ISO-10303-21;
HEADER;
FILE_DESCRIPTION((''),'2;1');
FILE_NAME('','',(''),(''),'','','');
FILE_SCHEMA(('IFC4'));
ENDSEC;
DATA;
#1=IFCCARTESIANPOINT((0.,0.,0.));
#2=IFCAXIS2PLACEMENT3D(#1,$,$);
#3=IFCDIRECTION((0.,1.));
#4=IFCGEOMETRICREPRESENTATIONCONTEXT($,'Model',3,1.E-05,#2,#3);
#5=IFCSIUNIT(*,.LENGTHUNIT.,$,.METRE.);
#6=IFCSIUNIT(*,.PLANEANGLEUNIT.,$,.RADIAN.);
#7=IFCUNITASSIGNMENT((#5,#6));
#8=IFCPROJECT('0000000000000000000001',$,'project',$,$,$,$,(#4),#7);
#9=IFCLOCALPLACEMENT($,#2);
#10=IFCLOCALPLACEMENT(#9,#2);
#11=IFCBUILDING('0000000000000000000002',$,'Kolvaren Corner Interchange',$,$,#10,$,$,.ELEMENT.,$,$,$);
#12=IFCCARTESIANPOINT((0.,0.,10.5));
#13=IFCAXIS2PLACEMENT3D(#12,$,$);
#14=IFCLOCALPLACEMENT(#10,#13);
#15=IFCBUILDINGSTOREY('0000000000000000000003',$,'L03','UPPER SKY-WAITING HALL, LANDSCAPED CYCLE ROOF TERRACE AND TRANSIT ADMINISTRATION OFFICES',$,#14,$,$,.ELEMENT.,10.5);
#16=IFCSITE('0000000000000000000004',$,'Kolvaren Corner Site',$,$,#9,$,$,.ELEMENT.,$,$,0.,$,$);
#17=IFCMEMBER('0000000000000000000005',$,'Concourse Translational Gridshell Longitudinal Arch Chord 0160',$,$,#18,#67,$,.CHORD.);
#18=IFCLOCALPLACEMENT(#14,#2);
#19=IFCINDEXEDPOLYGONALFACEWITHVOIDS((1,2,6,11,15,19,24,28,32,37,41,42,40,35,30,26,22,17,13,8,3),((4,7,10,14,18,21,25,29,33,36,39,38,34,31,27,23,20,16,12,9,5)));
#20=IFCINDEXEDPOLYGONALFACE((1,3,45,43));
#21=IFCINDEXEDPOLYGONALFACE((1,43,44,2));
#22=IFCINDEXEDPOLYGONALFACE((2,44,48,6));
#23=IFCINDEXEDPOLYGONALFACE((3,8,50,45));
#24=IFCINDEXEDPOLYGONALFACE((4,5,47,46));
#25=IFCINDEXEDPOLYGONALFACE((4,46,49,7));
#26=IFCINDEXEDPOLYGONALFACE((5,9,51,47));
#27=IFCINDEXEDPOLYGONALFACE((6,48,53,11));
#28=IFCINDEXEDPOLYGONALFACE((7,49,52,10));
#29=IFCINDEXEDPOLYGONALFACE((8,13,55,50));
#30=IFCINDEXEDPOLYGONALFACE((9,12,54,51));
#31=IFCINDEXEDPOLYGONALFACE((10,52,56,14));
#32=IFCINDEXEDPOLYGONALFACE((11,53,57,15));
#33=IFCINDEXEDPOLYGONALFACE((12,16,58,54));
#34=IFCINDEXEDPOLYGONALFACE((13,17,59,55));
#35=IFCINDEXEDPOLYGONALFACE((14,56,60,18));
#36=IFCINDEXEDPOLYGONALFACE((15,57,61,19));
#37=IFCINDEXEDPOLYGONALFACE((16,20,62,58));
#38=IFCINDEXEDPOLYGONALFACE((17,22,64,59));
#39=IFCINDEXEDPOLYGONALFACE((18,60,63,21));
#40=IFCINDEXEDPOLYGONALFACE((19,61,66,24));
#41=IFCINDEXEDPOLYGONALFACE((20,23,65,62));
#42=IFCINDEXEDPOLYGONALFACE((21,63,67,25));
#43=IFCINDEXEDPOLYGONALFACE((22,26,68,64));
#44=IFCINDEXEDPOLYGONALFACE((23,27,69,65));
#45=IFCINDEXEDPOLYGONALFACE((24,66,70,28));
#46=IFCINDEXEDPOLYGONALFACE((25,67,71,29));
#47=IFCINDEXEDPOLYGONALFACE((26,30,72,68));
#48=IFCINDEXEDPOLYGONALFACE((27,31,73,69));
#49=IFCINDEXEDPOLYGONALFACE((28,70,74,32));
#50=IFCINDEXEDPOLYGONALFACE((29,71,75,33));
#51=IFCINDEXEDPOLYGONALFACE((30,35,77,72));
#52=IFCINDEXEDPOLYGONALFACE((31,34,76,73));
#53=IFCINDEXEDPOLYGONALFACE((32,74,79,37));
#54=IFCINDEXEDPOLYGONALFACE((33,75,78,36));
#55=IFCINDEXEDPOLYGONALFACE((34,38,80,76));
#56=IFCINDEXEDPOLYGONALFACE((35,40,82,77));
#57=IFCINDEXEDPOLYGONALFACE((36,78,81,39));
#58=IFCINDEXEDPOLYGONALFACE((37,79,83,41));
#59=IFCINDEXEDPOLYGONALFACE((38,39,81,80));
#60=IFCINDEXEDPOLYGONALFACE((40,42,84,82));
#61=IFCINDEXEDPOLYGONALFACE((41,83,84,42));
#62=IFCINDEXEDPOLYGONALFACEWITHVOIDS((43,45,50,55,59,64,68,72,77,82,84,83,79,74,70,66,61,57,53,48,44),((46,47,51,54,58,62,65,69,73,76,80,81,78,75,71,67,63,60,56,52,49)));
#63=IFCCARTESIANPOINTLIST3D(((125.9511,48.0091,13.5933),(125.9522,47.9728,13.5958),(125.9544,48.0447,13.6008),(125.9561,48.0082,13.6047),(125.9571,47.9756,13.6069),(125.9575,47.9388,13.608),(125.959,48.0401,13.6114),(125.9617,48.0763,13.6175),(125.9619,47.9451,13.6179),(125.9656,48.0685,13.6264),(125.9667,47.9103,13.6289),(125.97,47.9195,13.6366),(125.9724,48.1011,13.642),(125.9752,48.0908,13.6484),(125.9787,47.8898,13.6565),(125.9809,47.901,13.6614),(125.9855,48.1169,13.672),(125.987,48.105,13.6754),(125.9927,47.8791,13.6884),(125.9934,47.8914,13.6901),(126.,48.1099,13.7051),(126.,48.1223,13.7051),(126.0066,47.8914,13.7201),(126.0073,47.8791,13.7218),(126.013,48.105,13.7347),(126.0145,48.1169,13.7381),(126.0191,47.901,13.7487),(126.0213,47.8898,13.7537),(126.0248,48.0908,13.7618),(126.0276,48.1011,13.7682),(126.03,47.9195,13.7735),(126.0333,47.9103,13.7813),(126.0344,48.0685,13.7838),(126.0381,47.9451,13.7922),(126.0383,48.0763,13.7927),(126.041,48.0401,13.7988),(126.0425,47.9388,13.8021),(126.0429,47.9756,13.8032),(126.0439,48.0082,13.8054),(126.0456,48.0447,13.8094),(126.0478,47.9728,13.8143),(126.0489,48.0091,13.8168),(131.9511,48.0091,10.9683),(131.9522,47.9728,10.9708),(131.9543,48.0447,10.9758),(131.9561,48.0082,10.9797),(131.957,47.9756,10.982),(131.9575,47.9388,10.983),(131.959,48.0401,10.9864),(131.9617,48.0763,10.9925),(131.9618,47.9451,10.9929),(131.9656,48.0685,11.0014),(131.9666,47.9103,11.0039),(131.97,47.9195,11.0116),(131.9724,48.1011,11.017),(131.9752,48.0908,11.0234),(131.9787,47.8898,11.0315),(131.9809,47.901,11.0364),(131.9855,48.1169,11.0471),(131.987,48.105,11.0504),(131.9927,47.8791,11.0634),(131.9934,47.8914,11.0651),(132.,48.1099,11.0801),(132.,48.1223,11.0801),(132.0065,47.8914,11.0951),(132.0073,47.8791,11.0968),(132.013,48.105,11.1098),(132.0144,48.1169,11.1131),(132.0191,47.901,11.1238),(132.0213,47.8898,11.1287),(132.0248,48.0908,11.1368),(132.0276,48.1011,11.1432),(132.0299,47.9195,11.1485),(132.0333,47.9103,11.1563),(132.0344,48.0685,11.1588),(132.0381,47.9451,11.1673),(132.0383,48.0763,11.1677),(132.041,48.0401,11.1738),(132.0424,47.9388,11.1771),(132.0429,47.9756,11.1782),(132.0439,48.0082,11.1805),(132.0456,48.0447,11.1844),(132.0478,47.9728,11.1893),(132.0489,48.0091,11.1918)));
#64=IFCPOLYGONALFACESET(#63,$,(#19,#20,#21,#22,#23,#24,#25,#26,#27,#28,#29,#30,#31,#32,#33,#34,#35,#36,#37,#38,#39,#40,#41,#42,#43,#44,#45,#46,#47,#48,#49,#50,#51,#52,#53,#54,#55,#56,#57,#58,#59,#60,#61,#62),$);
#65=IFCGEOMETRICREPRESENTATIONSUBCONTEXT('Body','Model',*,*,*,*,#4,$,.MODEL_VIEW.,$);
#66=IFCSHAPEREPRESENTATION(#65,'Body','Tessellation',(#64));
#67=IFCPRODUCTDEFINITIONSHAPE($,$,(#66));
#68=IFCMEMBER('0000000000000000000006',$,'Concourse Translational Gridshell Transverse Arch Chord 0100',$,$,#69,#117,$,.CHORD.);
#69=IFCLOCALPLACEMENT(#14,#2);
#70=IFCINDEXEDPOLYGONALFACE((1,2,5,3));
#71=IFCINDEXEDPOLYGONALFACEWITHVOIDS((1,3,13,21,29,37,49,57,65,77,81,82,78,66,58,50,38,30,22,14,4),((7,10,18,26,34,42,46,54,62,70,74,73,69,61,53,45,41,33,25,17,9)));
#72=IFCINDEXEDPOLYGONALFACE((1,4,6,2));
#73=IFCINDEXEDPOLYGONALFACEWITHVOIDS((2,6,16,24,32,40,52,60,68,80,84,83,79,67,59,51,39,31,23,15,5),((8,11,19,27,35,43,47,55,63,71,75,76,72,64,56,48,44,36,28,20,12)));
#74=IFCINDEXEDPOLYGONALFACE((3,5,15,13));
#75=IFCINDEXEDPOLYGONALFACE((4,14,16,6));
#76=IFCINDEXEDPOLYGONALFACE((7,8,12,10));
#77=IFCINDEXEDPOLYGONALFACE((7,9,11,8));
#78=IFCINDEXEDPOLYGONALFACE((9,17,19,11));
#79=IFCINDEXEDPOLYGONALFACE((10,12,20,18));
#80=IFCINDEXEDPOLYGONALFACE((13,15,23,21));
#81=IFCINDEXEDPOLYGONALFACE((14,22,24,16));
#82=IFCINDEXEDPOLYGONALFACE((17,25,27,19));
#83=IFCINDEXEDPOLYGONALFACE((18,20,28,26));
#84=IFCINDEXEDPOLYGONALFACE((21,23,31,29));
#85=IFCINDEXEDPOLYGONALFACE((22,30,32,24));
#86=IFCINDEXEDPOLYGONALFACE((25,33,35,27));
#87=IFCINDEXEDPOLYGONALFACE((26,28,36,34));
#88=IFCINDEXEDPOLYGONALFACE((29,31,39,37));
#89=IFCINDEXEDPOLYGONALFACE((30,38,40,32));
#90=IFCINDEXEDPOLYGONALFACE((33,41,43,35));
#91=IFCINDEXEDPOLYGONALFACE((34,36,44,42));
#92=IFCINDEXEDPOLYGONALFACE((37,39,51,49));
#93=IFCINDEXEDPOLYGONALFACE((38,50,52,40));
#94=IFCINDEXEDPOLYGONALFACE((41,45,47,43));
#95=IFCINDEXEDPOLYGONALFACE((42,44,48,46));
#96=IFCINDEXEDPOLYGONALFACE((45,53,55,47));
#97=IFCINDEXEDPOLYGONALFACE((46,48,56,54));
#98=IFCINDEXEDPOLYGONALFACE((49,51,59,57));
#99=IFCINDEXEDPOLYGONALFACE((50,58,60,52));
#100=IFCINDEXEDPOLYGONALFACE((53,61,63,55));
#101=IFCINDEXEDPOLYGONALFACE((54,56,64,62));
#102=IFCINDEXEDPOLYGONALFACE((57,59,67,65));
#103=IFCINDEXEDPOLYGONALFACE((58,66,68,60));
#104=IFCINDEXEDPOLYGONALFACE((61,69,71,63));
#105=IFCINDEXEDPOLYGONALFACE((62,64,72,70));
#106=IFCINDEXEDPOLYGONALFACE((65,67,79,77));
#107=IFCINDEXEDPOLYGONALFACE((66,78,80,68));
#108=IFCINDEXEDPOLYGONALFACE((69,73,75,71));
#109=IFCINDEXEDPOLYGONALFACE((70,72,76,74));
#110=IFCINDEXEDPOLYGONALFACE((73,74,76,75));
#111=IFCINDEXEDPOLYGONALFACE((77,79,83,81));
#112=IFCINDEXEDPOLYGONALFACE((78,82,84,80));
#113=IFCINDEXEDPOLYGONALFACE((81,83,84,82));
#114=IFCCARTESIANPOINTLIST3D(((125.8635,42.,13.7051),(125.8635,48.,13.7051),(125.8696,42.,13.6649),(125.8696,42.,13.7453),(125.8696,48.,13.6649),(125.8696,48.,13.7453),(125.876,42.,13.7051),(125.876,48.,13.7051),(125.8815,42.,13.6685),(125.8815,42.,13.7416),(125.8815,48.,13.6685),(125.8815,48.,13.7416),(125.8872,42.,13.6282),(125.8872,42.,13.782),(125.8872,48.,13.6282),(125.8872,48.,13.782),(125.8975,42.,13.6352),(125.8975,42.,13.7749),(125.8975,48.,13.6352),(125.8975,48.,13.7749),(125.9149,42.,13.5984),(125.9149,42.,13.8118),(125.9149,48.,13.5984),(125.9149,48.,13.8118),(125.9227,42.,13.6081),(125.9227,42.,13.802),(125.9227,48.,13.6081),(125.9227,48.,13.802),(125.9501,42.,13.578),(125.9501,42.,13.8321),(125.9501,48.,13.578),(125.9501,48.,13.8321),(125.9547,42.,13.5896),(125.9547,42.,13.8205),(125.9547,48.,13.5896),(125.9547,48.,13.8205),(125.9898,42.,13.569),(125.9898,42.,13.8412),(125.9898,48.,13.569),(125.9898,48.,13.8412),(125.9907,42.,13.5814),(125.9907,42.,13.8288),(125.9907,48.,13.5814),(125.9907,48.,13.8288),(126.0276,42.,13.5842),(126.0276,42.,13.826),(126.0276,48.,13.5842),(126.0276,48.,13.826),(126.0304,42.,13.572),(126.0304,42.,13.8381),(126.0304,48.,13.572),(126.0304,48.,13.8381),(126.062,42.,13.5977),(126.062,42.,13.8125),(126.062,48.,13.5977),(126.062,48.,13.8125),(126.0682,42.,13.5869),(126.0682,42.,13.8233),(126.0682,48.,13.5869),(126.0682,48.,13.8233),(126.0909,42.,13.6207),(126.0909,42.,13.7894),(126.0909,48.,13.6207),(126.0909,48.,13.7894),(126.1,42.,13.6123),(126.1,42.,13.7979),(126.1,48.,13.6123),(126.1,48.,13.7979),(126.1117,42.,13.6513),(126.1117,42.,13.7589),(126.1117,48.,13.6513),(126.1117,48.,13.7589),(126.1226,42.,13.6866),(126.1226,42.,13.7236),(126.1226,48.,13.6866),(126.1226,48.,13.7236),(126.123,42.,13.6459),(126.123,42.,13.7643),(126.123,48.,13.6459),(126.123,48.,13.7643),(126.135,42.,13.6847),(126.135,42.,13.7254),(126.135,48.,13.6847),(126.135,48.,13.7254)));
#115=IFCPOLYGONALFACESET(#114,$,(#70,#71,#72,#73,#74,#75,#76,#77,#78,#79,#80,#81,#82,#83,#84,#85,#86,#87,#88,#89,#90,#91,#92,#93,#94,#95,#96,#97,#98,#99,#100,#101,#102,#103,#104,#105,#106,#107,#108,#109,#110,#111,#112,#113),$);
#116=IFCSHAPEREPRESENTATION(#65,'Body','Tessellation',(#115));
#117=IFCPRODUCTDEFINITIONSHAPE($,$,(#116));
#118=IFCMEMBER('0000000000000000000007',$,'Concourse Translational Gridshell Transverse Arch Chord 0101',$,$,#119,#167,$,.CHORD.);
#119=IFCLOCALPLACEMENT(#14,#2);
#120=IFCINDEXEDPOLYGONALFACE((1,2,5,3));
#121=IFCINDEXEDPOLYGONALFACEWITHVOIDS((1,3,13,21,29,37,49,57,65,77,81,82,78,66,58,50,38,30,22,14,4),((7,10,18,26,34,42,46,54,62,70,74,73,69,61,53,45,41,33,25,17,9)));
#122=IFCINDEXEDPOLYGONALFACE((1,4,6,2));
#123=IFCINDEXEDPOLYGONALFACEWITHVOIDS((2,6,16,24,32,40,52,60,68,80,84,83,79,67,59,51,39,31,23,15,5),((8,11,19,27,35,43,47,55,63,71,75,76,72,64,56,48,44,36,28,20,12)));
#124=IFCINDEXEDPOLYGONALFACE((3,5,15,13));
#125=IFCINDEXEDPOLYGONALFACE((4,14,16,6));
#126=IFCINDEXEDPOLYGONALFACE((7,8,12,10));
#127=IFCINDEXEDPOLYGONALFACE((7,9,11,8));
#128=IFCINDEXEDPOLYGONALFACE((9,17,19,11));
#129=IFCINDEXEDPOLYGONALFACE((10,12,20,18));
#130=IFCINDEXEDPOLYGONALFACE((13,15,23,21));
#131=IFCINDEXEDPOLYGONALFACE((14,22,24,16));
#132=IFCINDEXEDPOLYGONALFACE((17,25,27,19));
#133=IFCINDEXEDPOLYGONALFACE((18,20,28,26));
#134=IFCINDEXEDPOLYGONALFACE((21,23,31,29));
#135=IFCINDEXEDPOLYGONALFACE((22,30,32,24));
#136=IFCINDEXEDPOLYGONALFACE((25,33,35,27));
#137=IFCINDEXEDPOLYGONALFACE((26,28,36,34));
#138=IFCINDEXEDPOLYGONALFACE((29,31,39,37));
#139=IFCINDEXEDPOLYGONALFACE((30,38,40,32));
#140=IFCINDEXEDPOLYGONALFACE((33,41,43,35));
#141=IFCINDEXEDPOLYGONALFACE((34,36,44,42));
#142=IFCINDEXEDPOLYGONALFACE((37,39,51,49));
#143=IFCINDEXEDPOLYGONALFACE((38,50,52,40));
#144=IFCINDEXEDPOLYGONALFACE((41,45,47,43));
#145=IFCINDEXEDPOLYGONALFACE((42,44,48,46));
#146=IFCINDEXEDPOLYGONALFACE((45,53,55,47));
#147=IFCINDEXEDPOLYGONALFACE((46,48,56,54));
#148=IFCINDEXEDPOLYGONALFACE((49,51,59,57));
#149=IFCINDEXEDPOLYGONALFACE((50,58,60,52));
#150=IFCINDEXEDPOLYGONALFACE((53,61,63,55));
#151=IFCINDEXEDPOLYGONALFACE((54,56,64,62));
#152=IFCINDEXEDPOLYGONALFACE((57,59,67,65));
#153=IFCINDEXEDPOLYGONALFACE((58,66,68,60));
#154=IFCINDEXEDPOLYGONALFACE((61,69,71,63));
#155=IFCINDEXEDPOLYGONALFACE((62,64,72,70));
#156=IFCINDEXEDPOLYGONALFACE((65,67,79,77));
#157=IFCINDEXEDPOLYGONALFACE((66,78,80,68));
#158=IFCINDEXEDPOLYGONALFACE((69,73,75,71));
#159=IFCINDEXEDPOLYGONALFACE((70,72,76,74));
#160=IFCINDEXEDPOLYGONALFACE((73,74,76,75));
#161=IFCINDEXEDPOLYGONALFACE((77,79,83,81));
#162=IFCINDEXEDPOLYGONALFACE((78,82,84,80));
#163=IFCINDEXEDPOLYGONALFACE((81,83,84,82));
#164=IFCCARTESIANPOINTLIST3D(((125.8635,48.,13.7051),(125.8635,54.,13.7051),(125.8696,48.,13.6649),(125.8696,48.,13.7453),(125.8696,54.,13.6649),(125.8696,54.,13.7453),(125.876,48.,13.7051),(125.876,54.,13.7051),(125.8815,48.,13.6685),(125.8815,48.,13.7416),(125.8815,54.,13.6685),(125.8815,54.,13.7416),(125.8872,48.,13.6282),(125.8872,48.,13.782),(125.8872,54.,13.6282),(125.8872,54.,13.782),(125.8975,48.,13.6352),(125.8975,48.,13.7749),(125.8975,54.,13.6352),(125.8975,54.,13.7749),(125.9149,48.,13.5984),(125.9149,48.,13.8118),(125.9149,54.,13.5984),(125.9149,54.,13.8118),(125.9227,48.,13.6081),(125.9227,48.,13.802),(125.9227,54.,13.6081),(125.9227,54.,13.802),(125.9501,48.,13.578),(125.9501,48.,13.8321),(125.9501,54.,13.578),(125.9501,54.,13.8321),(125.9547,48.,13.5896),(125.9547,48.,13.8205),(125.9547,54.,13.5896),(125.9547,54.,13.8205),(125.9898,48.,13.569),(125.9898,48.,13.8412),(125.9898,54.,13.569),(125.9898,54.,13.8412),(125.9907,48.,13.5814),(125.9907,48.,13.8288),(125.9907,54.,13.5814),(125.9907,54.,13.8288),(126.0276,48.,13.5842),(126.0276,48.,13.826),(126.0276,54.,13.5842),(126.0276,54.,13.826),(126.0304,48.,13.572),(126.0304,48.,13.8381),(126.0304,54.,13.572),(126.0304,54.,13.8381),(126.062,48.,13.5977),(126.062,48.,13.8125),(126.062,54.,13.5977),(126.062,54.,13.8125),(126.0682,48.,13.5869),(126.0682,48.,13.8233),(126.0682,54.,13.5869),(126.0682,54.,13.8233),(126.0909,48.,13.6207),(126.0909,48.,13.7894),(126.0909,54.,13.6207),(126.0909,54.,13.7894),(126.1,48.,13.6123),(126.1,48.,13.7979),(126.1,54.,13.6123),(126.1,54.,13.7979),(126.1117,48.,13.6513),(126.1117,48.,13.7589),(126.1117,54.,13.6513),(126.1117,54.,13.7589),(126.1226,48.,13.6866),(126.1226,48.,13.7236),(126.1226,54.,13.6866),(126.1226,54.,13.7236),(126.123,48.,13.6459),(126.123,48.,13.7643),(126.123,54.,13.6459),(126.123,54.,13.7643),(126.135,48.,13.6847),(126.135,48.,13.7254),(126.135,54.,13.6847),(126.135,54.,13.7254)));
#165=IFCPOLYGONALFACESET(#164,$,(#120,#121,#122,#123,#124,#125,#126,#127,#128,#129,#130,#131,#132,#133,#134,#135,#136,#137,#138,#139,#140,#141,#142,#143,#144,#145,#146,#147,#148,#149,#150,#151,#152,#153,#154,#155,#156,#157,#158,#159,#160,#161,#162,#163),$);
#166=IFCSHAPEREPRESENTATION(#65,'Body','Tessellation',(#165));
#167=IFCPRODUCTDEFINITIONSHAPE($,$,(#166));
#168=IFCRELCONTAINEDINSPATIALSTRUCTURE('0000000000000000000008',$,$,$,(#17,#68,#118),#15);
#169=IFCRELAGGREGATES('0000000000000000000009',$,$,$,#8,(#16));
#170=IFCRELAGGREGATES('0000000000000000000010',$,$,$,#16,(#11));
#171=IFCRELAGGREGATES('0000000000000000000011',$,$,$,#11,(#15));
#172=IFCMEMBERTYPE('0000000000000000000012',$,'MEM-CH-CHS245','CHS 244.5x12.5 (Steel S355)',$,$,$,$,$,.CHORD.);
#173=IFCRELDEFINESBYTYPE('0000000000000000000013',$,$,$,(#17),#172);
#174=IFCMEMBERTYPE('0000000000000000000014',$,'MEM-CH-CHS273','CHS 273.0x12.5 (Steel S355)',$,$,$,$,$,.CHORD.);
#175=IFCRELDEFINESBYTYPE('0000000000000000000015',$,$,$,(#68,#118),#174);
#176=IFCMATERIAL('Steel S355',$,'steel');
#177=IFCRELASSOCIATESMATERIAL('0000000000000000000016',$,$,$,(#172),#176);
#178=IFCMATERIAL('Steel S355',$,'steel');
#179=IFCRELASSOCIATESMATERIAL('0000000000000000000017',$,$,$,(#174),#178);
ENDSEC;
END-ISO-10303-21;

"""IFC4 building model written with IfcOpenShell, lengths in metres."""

from ifc_helpers import new_model, si_unit, direction, frame, origin, origin_2d, place, context, subcontext, project, spatial, hollow_circle, extrude, material, material_profile, profile_set, type_object, element, save


model = new_model("IFC4")

# Units and contexts
model_context = context("Model", 3, precision=1e-05, world=origin(), true_north=direction((0.0, 1.0)))
body_context = subcontext(model_context, "Body", "Model", "MODEL_VIEW")
ifc_project = project(units=[si_unit("LENGTHUNIT", "METRE"), si_unit("PLANEANGLEUNIT", "RADIAN")], contexts=[model_context])

# Site, building, storey
site_placement = place(None, origin())
site = spatial("IfcSite", under=ifc_project, at=site_placement, Name="Kolvaren Corner Site", CompositionType="ELEMENT", RefElevation=0.0)
building_placement = place(site_placement, origin())
building = spatial("IfcBuilding", under=site, at=building_placement, Name="Kolvaren Corner Interchange", CompositionType="ELEMENT")
storey_placement = place(building_placement, frame((0.0, 0.0, 10.5)))
storey = spatial("IfcBuildingStorey", under=building, at=storey_placement, Name="L03", Description="UPPER SKY-WAITING HALL, LANDSCAPED CYCLE ROOF TERRACE AND TRANSIT ADMINISTRATION OFFICES", CompositionType="ELEMENT", Elevation=10.5)

# Members
ifc_material_1 = material(Name="Steel S355", Category="steel")
ifc_material_profile_1 = material_profile(ifc_material_1, hollow_circle(Radius=0.1223, WallThickness=0.0125, at=origin_2d()), Name="CHS 244.5x12.5")
ifc_profile_set_1 = profile_set([ifc_material_profile_1], Name="Steel S355")
member_type_1 = type_object("IfcMemberType", Name="MEM-CH-CHS245", Description="CHS 244.5x12.5 (Steel S355)", PredefinedType="CHORD", material=ifc_profile_set_1)
for number, where, z_axis, x_axis, name in (
    (1, (126.0, 48.0, 13.7051), (0.916157, 0.0, -0.400819), (0.0, 1.0, 0.0), "Concourse Translational Gridshell Longitudinal Arch Chord 0160"),
):
    element("IfcMember", number, at=place(storey_placement, frame(where, z_axis=z_axis, x_axis=x_axis)), inside=storey, type_object=member_type_1, Name=name, PredefinedType="CHORD", context=body_context, shape_type="SweptSolid", body=[
        extrude(hollow_circle(Radius=0.1223, WallThickness=0.0125, at=origin_2d()), origin(), (0.0, 0.0, 1.0), 6.5491),
    ])
ifc_material_2 = material(Name="Steel S355", Category="steel")
ifc_material_profile_2 = material_profile(ifc_material_2, hollow_circle(Radius=0.1365, WallThickness=0.0125, at=origin_2d()), Name="CHS 273.0x12.5")
ifc_profile_set_2 = profile_set([ifc_material_profile_2], Name="Steel S355")
member_type_2 = type_object("IfcMemberType", Name="MEM-CH-CHS273", Description="CHS 273.0x12.5 (Steel S355)", PredefinedType="CHORD", material=ifc_profile_set_2)
for number, where, z_axis, x_axis, name in (
    (2, (126.0, 42.0, 13.7051), (0.0, 1.0, 0.0), (-1.0, 0.0, 0.0), "Concourse Translational Gridshell Transverse Arch Chord 0100"),
    (3, (126.0, 48.0, 13.7051), (0.0, 1.0, 0.0), (-1.0, 0.0, 0.0), "Concourse Translational Gridshell Transverse Arch Chord 0101"),
):
    element("IfcMember", number, at=place(storey_placement, frame(where, z_axis=z_axis, x_axis=x_axis)), inside=storey, type_object=member_type_2, Name=name, PredefinedType="CHORD", context=body_context, shape_type="SweptSolid", body=[
        extrude(hollow_circle(Radius=0.1365, WallThickness=0.0125, at=origin_2d()), origin(), (0.0, 0.0, 1.0), 6.0),
    ])

save(model, "model.ifc")
